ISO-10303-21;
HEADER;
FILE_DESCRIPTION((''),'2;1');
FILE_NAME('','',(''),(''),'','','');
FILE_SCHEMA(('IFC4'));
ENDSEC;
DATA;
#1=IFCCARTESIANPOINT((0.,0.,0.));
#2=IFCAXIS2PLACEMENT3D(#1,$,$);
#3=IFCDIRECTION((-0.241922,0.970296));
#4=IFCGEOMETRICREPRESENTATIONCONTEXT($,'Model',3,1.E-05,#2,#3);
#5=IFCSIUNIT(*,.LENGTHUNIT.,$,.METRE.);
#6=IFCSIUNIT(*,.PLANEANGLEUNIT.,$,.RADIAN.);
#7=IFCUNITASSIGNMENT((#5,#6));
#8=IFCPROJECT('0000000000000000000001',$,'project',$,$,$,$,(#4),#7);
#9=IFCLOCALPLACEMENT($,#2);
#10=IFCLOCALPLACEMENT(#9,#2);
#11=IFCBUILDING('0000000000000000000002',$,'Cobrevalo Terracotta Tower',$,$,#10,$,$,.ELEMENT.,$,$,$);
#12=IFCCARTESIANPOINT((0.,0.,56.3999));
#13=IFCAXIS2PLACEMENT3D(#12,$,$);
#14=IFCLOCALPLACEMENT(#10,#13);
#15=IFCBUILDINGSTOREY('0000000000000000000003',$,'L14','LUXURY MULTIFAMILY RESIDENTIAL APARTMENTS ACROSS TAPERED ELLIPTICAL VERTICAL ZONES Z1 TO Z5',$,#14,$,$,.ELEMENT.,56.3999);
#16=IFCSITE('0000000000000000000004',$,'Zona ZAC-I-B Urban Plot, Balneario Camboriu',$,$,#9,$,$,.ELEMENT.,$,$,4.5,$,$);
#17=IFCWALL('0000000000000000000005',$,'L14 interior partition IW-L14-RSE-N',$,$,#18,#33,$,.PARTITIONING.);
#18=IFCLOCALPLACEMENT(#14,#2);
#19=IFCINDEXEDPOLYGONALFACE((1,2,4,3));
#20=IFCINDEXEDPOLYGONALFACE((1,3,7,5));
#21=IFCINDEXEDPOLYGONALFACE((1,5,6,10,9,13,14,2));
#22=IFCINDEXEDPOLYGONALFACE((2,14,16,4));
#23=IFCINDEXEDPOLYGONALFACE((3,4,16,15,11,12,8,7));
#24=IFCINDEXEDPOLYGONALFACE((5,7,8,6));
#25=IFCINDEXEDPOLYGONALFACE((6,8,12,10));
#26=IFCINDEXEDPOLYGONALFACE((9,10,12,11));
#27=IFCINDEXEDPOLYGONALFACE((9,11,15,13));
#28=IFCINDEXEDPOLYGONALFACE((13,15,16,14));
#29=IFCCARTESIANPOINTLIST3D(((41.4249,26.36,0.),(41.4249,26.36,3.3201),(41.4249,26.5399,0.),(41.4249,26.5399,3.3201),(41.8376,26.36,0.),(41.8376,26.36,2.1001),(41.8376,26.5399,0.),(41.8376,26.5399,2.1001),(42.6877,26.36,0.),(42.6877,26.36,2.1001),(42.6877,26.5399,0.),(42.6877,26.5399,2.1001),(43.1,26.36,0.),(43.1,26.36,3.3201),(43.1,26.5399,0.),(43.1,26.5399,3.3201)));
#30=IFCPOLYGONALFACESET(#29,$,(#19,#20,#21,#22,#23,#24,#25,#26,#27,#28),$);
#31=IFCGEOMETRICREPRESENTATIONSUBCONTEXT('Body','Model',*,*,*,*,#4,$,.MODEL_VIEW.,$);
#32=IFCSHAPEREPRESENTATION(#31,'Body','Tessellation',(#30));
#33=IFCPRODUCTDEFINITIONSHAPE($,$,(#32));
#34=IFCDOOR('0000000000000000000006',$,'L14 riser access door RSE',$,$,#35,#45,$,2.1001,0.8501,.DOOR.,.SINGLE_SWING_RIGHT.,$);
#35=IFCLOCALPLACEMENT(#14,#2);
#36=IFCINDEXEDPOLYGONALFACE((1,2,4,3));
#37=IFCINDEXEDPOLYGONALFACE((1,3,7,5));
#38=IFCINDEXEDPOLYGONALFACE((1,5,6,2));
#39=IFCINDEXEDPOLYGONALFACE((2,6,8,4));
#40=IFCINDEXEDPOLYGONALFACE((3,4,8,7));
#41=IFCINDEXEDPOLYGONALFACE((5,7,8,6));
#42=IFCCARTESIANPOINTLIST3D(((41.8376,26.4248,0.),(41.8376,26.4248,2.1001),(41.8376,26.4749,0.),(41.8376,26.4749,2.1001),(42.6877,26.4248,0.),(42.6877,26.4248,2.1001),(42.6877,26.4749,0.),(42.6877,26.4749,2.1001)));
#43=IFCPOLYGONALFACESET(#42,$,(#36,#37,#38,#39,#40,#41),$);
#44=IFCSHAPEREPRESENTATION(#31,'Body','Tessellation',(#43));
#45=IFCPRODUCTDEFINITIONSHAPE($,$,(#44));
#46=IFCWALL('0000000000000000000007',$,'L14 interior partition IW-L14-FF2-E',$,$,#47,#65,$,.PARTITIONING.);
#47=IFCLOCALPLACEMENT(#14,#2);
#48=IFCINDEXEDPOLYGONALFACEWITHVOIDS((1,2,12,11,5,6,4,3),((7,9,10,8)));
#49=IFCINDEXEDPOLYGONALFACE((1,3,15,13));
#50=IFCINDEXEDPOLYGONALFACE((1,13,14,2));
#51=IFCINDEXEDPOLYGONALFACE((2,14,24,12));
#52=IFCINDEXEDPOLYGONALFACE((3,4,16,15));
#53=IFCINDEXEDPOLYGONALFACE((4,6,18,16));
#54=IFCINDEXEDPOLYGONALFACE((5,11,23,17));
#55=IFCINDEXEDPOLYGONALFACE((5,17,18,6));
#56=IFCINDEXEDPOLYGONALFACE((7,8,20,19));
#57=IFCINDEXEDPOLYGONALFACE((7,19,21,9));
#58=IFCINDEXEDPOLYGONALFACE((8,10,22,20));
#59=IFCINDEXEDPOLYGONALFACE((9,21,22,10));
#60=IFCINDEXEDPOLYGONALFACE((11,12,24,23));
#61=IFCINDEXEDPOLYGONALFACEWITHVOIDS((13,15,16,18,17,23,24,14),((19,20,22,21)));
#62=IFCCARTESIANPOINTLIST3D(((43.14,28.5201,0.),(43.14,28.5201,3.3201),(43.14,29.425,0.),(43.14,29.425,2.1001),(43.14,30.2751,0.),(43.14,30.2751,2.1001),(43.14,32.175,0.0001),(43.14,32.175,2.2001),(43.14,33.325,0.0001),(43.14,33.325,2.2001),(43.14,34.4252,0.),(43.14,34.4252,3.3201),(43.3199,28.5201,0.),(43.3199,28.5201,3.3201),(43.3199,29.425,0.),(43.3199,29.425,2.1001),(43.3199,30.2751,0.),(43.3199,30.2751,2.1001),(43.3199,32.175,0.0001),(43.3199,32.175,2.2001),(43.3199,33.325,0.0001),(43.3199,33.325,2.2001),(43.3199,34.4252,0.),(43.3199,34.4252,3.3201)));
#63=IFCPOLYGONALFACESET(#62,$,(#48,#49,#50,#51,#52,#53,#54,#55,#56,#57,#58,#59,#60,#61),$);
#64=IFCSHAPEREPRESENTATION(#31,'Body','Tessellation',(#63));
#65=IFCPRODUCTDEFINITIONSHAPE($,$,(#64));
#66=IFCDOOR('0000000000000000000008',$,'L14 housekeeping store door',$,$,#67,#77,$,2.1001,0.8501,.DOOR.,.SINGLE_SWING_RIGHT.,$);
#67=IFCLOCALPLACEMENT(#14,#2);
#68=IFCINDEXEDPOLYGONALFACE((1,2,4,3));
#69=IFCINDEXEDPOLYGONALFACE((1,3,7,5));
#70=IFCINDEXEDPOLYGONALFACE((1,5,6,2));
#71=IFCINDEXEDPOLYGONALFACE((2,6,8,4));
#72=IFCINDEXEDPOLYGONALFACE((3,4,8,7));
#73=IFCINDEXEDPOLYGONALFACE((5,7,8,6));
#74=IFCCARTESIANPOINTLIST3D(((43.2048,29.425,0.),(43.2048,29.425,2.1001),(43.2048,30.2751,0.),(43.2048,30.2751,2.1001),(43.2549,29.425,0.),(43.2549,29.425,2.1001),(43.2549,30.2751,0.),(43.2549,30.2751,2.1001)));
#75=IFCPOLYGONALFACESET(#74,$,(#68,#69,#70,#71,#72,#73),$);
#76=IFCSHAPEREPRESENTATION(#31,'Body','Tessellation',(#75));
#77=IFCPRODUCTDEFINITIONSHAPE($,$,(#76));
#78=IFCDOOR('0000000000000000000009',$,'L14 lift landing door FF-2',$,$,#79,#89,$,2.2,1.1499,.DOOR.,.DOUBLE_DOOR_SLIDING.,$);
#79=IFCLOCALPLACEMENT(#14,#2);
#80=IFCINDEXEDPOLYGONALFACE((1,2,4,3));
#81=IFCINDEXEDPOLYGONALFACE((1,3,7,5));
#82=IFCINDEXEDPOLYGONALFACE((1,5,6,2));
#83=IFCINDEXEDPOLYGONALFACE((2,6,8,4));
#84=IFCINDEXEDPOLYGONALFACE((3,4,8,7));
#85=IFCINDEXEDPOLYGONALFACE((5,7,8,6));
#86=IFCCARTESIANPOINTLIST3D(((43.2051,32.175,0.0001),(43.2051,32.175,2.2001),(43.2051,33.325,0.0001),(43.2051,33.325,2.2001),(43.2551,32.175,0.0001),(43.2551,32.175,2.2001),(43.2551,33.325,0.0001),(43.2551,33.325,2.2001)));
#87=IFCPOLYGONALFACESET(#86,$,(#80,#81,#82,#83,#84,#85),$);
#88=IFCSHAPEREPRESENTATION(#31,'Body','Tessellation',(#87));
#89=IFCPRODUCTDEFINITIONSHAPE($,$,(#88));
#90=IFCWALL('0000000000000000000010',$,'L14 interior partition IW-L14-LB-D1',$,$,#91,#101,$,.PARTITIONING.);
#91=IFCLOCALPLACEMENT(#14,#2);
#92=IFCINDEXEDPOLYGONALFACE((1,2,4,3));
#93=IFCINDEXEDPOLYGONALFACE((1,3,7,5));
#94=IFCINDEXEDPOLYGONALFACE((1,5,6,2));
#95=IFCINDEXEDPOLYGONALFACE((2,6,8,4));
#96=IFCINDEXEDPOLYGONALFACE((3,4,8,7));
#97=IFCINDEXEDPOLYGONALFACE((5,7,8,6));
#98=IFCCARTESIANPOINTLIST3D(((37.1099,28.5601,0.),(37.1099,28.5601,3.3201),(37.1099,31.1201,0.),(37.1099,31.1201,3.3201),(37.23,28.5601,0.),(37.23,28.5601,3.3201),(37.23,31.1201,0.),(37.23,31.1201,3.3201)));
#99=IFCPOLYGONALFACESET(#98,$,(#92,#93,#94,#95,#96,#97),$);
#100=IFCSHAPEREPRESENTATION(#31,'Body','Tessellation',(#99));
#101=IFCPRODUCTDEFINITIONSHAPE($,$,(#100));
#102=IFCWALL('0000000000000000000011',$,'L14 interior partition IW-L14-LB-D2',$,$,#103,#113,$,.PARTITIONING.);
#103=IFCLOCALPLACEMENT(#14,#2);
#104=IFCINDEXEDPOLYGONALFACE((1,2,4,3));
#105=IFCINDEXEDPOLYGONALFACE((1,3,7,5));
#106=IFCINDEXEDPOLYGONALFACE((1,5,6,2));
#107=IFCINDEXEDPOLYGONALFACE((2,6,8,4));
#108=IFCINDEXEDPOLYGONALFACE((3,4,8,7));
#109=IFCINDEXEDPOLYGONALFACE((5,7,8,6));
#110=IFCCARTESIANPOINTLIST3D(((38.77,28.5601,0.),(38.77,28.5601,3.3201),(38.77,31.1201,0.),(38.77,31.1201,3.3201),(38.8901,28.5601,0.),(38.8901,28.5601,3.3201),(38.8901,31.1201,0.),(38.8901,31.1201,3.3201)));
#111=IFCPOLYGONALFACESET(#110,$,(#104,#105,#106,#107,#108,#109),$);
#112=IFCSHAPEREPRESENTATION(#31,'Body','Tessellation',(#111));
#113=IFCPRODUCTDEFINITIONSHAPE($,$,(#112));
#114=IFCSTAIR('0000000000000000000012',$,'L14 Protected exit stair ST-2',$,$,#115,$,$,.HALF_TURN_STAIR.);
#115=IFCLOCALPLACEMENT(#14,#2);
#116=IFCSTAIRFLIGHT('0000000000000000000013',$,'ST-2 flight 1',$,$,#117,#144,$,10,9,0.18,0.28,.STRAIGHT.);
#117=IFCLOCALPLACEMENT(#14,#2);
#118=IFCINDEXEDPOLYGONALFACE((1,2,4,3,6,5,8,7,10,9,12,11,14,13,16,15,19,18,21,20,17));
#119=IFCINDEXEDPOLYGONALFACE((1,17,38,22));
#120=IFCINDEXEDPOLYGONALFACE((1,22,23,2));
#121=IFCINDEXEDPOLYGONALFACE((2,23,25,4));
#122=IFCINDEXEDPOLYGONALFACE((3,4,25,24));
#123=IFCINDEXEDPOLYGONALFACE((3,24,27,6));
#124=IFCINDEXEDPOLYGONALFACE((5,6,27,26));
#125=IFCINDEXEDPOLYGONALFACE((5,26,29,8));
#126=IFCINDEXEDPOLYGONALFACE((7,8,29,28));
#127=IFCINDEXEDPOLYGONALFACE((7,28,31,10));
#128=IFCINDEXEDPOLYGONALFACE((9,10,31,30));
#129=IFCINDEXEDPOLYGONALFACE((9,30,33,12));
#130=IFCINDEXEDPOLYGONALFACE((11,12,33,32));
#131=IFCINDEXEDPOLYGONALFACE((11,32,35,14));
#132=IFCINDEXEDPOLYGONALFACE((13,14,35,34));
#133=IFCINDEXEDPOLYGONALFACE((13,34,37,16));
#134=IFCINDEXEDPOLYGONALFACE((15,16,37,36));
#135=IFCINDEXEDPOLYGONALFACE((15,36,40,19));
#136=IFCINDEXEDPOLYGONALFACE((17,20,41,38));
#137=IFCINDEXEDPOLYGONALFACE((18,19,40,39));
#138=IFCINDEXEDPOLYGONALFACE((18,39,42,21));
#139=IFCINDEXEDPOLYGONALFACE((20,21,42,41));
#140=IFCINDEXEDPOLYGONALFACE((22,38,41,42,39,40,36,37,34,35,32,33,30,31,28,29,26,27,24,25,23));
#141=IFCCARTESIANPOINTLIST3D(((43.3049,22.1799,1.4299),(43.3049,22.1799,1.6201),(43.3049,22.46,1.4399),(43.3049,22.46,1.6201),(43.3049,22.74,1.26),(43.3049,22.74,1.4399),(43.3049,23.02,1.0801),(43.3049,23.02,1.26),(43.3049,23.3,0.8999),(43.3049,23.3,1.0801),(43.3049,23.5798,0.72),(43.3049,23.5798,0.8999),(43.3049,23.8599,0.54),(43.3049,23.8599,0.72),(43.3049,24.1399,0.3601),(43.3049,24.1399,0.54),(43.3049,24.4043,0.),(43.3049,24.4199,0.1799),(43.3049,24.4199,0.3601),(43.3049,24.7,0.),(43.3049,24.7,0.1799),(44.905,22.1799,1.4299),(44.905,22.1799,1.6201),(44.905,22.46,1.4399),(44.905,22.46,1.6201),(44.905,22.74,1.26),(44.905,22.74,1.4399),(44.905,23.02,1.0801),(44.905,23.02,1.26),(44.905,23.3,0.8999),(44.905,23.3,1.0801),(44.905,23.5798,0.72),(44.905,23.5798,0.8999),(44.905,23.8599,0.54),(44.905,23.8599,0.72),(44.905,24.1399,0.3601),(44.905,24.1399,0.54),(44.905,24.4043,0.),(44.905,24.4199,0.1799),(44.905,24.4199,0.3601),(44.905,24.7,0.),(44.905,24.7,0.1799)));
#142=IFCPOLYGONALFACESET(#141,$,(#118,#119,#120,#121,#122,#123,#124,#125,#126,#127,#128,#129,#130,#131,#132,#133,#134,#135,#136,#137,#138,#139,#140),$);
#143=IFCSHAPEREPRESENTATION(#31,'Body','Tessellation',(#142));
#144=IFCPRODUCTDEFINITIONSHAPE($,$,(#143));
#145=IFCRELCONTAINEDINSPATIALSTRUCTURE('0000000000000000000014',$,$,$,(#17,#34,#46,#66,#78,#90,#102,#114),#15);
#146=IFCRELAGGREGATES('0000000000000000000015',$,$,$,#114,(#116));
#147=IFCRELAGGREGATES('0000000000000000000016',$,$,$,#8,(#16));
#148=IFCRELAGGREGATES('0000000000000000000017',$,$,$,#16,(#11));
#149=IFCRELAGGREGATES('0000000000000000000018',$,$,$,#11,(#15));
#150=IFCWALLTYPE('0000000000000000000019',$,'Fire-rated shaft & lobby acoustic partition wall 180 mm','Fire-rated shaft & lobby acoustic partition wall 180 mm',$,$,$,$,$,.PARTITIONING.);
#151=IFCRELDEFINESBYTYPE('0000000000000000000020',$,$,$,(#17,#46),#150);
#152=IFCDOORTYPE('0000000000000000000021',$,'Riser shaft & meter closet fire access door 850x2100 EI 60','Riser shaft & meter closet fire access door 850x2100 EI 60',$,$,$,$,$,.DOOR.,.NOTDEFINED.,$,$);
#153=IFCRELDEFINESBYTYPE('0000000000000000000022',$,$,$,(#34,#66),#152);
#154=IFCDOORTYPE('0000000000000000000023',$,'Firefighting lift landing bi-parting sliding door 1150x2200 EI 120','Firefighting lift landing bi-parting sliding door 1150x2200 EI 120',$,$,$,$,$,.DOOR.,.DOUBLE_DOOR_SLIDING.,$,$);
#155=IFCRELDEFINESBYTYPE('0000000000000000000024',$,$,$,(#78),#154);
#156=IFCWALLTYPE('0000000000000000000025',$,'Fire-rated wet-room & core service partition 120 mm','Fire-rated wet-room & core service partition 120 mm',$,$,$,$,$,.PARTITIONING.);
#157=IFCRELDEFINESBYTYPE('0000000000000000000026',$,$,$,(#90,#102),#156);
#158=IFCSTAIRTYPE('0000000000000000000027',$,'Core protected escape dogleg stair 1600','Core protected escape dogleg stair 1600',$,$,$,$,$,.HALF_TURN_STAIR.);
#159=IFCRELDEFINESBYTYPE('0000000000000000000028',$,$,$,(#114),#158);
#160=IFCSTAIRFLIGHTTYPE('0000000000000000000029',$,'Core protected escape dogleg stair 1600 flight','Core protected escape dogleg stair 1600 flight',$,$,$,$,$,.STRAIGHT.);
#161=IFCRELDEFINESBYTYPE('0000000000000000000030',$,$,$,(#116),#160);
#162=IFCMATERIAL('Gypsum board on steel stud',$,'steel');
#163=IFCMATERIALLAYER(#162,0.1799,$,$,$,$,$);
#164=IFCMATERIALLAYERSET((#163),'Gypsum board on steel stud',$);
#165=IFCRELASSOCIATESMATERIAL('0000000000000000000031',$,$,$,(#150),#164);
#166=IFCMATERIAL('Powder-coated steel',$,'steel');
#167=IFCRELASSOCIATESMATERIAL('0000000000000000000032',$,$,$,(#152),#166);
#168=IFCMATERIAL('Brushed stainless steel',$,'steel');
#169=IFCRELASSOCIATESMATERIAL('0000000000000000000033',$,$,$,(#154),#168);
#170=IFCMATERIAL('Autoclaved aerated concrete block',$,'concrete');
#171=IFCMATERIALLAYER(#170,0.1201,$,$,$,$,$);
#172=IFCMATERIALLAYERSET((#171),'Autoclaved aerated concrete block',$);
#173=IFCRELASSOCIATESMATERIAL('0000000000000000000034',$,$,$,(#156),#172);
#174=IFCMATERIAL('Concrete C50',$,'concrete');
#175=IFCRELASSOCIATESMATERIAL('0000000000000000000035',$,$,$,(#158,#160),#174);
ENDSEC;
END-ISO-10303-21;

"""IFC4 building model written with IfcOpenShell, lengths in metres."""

from ifc_helpers import new_model, si_unit, direction, frame, frame_2d, origin, place, context, subcontext, project, spatial, polyline, rectangle, outline, extrude, source, transform, mapped, material, layer, layer_set, type_object, element, fill, aggregate, save


model = new_model("IFC4")

# Units and contexts
model_context = context("Model", 3, precision=1e-05, world=origin(), true_north=direction((-0.241922, 0.970296)))
body_context = subcontext(model_context, "Body", "Model", "MODEL_VIEW")
ifc_project = project(units=[si_unit("LENGTHUNIT", "METRE"), si_unit("PLANEANGLEUNIT", "RADIAN")], contexts=[model_context])

# Site, building, storey
site_placement = place(None, origin())
site = spatial("IfcSite", under=ifc_project, at=site_placement, Name="Zona ZAC-I-B Urban Plot, Balneario Camboriu", CompositionType="ELEMENT", RefElevation=4.5)
building_placement = place(site_placement, origin())
building = spatial("IfcBuilding", under=site, at=building_placement, Name="Cobrevalo Terracotta Tower", CompositionType="ELEMENT")
storey_placement = place(building_placement, frame((0.0, 0.0, 56.3999)))
storey = spatial("IfcBuildingStorey", under=building, at=storey_placement, Name="L14", Description="LUXURY MULTIFAMILY RESIDENTIAL APARTMENTS ACROSS TAPERED ELLIPTICAL VERTICAL ZONES Z1 TO Z5", CompositionType="ELEMENT", Elevation=56.3999)

# Shared definitions
ifc_material_1 = material(Name="Gypsum board on steel stud", Category="steel")

# Shared definitions
ifc_material_2 = material(Name="Brushed stainless steel", Category="steel")

# Wall, opening, door
ifc_layer_1 = layer(ifc_material_1, 0.1799)
ifc_layer_set_1 = layer_set([ifc_layer_1], Name="Gypsum board on steel stud")
wall_type_1 = type_object("IfcWallType", Name="Fire-rated shaft & lobby acoustic partition wall 180 mm", Description="Fire-rated shaft & lobby acoustic partition wall 180 mm", PredefinedType="PARTITIONING", material=ifc_layer_set_1)
wall_1_placement = place(storey_placement, frame((41.425, 26.45, 0.0), z_axis=(0.0, 0.0, 1.0), x_axis=(1.0, 0.0, 0.0)))
wall_1 = element("IfcWall", 1, at=wall_1_placement, inside=storey, type_object=wall_type_1, Name="L14 interior partition IW-L14-RSE-N", PredefinedType="PARTITIONING", context=body_context, shape_type="SweptSolid", body=[
    extrude(rectangle(XDim=1.675, YDim=0.1799, at=frame_2d((0.8374, 0.0))), origin(), (0.0, 0.0, 1.0), 3.3201),
])
opening_1_placement = place(wall_1_placement, frame((0.4126, 0.0, 0.0)))
opening_1 = element("IfcOpeningElement", 2, at=opening_1_placement, cuts=wall_1, PredefinedType="OPENING", context=body_context, shape_type="SweptSolid", body=[
    extrude(rectangle(XDim=0.8501, YDim=2.1001, at=frame_2d((0.425, 1.05))), frame((0.0, 0.1001, 0.0), z_axis=(0.0, -1.0, 0.0), x_axis=(1.0, 0.0, 0.0)), (0.0, 0.0, 1.0), 0.2),
])
ifc_material_3 = material(Name="Powder-coated steel", Category="steel")
door_type_1 = type_object("IfcDoorType", Name="Riser shaft & meter closet fire access door 850x2100 EI 60", Description="Riser shaft & meter closet fire access door 850x2100 EI 60", OperationType="NOTDEFINED", PredefinedType="DOOR", material=ifc_material_3)
shared_shape_1 = source(origin(), body_context, "Body", "SweptSolid", [
    extrude(rectangle(XDim=0.8501, YDim=2.1001, at=frame_2d((0.425, 1.05))), frame((0.0, 0.0249, 0.0), z_axis=(0.0, -1.0, 0.0), x_axis=(1.0, 0.0, 0.0)), (0.0, 0.0, 1.0), 0.05),
])
door_1_placement = place(opening_1_placement, origin())
door_1 = element("IfcDoor", 3, at=door_1_placement, inside=storey, type_object=door_type_1, Name="L14 riser access door RSE", OperationType="SINGLE_SWING_RIGHT", OverallHeight=2.1001, OverallWidth=0.8501, PredefinedType="DOOR", context=body_context, shape_type="MappedRepresentation", body=[
    mapped(shared_shape_1, transform((0.0, 0.0, 0.0), scale=1.0)),
])
fill(opening_1, door_1)

# Wall, openings, doors
wall_2_placement = place(storey_placement, frame((43.23, 28.52, 0.0), z_axis=(0.0, 0.0, 1.0), x_axis=(0.0, 1.0, 0.0)))
wall_2 = element("IfcWall", 4, at=wall_2_placement, inside=storey, type_object=wall_type_1, Name="L14 interior partition IW-L14-FF2-E", PredefinedType="PARTITIONING", context=body_context, shape_type="SweptSolid", body=[
    extrude(rectangle(XDim=5.905, YDim=0.1799, at=frame_2d((2.9526, 0.0))), origin(), (0.0, 0.0, 1.0), 3.3201),
])
opening_2_placement = place(wall_2_placement, frame((0.905, 0.0, 0.0)))
opening_2 = element("IfcOpeningElement", 5, at=opening_2_placement, cuts=wall_2, PredefinedType="OPENING", context=body_context, shape_type="SweptSolid", body=[
    extrude(rectangle(XDim=0.8501, YDim=2.1001, at=frame_2d((0.425, 1.05))), frame((0.0, 0.1001, 0.0), z_axis=(0.0, -1.0, 0.0), x_axis=(1.0, 0.0, 0.0)), (0.0, 0.0, 1.0), 0.2),
])
opening_3_placement = place(wall_2_placement, frame((3.655, 0.0, 0.0)))
opening_3 = element("IfcOpeningElement", 6, at=opening_3_placement, cuts=wall_2, PredefinedType="OPENING", context=body_context, shape_type="SweptSolid", body=[
    extrude(rectangle(XDim=1.1499, YDim=2.2, at=frame_2d((0.575, 1.1001))), frame((0.0, 0.1001, 0.0), z_axis=(0.0, -1.0, 0.0), x_axis=(1.0, 0.0, 0.0)), (0.0, 0.0, 1.0), 0.2),
])
door_2_placement = place(opening_2_placement, frame((0.8501, 0.0, 0.0), z_axis=(0.0, 0.0, 1.0), x_axis=(-1.0, 0.0, 0.0)))
door_2 = element("IfcDoor", 7, at=door_2_placement, inside=storey, type_object=door_type_1, Name="L14 housekeeping store door", OperationType="SINGLE_SWING_RIGHT", OverallHeight=2.1001, OverallWidth=0.8501, PredefinedType="DOOR", context=body_context, shape_type="MappedRepresentation", body=[
    mapped(shared_shape_1, transform((0.0, 0.0, 0.0), scale=1.0)),
])
fill(opening_2, door_2)
door_type_2 = type_object("IfcDoorType", Name="Firefighting lift landing bi-parting sliding door 1150x2200 EI 120", Description="Firefighting lift landing bi-parting sliding door 1150x2200 EI 120", OperationType="DOUBLE_DOOR_SLIDING", PredefinedType="DOOR", material=ifc_material_2)
shared_shape_2 = source(origin(), body_context, "Body", "SweptSolid", [
    extrude(rectangle(XDim=1.1499, YDim=2.2, at=frame_2d((0.575, 1.1001))), frame((0.0, 0.0249, 0.0), z_axis=(0.0, -1.0, 0.0), x_axis=(1.0, 0.0, 0.0)), (0.0, 0.0, 1.0), 0.05),
])
door_3_placement = place(opening_3_placement, origin())
door_3 = element("IfcDoor", 8, at=door_3_placement, inside=storey, type_object=door_type_2, Name="L14 lift landing door FF-2", OperationType="DOUBLE_DOOR_SLIDING", OverallHeight=2.2, OverallWidth=1.1499, PredefinedType="DOOR", context=body_context, shape_type="MappedRepresentation", body=[
    mapped(shared_shape_2, transform((0.0, 0.0, 0.0), scale=1.0)),
])
fill(opening_3, door_3)

# Walls
ifc_material_4 = material(Name="Autoclaved aerated concrete block", Category="concrete")
ifc_layer_2 = layer(ifc_material_4, 0.1201)
ifc_layer_set_2 = layer_set([ifc_layer_2], Name="Autoclaved aerated concrete block")
wall_type_2 = type_object("IfcWallType", Name="Fire-rated wet-room & core service partition 120 mm", Description="Fire-rated wet-room & core service partition 120 mm", PredefinedType="PARTITIONING", material=ifc_layer_set_2)
for number, where, z_axis, x_axis, name in (
    (9, (37.1699, 28.5601, 0.0), (0.0, 0.0, 1.0), (0.0, 1.0, 0.0), "L14 interior partition IW-L14-LB-D1"),
    (10, (38.8301, 28.5601, 0.0), (0.0, 0.0, 1.0), (0.0, 1.0, 0.0), "L14 interior partition IW-L14-LB-D2"),
):
    element("IfcWall", number, at=place(storey_placement, frame(where, z_axis=z_axis, x_axis=x_axis)), inside=storey, type_object=wall_type_2, Name=name, PredefinedType="PARTITIONING", context=body_context, shape_type="SweptSolid", body=[
        extrude(rectangle(XDim=2.5601, YDim=0.1201, at=frame_2d((1.28, 0.0))), origin(), (0.0, 0.0, 1.0), 3.3201),
    ])

# Shared definitions
ifc_material_5 = material(Name="Concrete C50", Category="concrete")

# Stair, stair flight
stair_type = type_object("IfcStairType", Name="Core protected escape dogleg stair 1600", Description="Core protected escape dogleg stair 1600", PredefinedType="HALF_TURN_STAIR", material=ifc_material_5)
stair_placement = place(storey_placement, origin())
stair = element("IfcStair", 11, at=stair_placement, inside=storey, type_object=stair_type, Name="L14 Protected exit stair ST-2", PredefinedType="HALF_TURN_STAIR")
stair_flight_type = type_object("IfcStairFlightType", Name="Core protected escape dogleg stair 1600 flight", Description="Core protected escape dogleg stair 1600 flight", PredefinedType="STRAIGHT", material=ifc_material_5)
stair_flight_placement = place(storey_placement, frame((44.105, 24.7, 0.0), z_axis=(0.0, 0.0, 1.0), x_axis=(0.0, -1.0, 0.0)))
stair_flight = element("IfcStairFlight", 12, at=stair_flight_placement, type_object=stair_flight_type, Name="ST-2 flight 1", NumberOfRisers=10, NumberOfTreads=9, PredefinedType="STRAIGHT", RiserHeight=0.18, TreadLength=0.28, context=body_context, shape_type="SweptSolid", body=[
    extrude(outline(polyline([(0.0, 0.0), (0.0, 0.1799), (0.28, 0.1799), (0.28, 0.3601), (0.5601, 0.3601), (0.5601, 0.54), (0.8401, 0.54), (0.8401, 0.72), (1.1201, 0.72), (1.1201, 0.8999), (1.3999, 0.8999), (1.3999, 1.0801), (1.6799, 1.0801), (1.6799, 1.26), (1.96, 1.26), (1.96, 1.4399), (2.24, 1.4399), (2.24, 1.6201), (2.52, 1.6201), (2.52, 1.8), (2.52, 1.4299), (0.2957, 0.0), (0.0, 0.0)])), frame((0.0, 0.8, 0.0), z_axis=(0.0, -1.0, 0.0), x_axis=(1.0, 0.0, 0.0)), (0.0, 0.0, 1.0), 1.6001),
])
aggregate(stair, [stair_flight])

save(model, "model.ifc")
